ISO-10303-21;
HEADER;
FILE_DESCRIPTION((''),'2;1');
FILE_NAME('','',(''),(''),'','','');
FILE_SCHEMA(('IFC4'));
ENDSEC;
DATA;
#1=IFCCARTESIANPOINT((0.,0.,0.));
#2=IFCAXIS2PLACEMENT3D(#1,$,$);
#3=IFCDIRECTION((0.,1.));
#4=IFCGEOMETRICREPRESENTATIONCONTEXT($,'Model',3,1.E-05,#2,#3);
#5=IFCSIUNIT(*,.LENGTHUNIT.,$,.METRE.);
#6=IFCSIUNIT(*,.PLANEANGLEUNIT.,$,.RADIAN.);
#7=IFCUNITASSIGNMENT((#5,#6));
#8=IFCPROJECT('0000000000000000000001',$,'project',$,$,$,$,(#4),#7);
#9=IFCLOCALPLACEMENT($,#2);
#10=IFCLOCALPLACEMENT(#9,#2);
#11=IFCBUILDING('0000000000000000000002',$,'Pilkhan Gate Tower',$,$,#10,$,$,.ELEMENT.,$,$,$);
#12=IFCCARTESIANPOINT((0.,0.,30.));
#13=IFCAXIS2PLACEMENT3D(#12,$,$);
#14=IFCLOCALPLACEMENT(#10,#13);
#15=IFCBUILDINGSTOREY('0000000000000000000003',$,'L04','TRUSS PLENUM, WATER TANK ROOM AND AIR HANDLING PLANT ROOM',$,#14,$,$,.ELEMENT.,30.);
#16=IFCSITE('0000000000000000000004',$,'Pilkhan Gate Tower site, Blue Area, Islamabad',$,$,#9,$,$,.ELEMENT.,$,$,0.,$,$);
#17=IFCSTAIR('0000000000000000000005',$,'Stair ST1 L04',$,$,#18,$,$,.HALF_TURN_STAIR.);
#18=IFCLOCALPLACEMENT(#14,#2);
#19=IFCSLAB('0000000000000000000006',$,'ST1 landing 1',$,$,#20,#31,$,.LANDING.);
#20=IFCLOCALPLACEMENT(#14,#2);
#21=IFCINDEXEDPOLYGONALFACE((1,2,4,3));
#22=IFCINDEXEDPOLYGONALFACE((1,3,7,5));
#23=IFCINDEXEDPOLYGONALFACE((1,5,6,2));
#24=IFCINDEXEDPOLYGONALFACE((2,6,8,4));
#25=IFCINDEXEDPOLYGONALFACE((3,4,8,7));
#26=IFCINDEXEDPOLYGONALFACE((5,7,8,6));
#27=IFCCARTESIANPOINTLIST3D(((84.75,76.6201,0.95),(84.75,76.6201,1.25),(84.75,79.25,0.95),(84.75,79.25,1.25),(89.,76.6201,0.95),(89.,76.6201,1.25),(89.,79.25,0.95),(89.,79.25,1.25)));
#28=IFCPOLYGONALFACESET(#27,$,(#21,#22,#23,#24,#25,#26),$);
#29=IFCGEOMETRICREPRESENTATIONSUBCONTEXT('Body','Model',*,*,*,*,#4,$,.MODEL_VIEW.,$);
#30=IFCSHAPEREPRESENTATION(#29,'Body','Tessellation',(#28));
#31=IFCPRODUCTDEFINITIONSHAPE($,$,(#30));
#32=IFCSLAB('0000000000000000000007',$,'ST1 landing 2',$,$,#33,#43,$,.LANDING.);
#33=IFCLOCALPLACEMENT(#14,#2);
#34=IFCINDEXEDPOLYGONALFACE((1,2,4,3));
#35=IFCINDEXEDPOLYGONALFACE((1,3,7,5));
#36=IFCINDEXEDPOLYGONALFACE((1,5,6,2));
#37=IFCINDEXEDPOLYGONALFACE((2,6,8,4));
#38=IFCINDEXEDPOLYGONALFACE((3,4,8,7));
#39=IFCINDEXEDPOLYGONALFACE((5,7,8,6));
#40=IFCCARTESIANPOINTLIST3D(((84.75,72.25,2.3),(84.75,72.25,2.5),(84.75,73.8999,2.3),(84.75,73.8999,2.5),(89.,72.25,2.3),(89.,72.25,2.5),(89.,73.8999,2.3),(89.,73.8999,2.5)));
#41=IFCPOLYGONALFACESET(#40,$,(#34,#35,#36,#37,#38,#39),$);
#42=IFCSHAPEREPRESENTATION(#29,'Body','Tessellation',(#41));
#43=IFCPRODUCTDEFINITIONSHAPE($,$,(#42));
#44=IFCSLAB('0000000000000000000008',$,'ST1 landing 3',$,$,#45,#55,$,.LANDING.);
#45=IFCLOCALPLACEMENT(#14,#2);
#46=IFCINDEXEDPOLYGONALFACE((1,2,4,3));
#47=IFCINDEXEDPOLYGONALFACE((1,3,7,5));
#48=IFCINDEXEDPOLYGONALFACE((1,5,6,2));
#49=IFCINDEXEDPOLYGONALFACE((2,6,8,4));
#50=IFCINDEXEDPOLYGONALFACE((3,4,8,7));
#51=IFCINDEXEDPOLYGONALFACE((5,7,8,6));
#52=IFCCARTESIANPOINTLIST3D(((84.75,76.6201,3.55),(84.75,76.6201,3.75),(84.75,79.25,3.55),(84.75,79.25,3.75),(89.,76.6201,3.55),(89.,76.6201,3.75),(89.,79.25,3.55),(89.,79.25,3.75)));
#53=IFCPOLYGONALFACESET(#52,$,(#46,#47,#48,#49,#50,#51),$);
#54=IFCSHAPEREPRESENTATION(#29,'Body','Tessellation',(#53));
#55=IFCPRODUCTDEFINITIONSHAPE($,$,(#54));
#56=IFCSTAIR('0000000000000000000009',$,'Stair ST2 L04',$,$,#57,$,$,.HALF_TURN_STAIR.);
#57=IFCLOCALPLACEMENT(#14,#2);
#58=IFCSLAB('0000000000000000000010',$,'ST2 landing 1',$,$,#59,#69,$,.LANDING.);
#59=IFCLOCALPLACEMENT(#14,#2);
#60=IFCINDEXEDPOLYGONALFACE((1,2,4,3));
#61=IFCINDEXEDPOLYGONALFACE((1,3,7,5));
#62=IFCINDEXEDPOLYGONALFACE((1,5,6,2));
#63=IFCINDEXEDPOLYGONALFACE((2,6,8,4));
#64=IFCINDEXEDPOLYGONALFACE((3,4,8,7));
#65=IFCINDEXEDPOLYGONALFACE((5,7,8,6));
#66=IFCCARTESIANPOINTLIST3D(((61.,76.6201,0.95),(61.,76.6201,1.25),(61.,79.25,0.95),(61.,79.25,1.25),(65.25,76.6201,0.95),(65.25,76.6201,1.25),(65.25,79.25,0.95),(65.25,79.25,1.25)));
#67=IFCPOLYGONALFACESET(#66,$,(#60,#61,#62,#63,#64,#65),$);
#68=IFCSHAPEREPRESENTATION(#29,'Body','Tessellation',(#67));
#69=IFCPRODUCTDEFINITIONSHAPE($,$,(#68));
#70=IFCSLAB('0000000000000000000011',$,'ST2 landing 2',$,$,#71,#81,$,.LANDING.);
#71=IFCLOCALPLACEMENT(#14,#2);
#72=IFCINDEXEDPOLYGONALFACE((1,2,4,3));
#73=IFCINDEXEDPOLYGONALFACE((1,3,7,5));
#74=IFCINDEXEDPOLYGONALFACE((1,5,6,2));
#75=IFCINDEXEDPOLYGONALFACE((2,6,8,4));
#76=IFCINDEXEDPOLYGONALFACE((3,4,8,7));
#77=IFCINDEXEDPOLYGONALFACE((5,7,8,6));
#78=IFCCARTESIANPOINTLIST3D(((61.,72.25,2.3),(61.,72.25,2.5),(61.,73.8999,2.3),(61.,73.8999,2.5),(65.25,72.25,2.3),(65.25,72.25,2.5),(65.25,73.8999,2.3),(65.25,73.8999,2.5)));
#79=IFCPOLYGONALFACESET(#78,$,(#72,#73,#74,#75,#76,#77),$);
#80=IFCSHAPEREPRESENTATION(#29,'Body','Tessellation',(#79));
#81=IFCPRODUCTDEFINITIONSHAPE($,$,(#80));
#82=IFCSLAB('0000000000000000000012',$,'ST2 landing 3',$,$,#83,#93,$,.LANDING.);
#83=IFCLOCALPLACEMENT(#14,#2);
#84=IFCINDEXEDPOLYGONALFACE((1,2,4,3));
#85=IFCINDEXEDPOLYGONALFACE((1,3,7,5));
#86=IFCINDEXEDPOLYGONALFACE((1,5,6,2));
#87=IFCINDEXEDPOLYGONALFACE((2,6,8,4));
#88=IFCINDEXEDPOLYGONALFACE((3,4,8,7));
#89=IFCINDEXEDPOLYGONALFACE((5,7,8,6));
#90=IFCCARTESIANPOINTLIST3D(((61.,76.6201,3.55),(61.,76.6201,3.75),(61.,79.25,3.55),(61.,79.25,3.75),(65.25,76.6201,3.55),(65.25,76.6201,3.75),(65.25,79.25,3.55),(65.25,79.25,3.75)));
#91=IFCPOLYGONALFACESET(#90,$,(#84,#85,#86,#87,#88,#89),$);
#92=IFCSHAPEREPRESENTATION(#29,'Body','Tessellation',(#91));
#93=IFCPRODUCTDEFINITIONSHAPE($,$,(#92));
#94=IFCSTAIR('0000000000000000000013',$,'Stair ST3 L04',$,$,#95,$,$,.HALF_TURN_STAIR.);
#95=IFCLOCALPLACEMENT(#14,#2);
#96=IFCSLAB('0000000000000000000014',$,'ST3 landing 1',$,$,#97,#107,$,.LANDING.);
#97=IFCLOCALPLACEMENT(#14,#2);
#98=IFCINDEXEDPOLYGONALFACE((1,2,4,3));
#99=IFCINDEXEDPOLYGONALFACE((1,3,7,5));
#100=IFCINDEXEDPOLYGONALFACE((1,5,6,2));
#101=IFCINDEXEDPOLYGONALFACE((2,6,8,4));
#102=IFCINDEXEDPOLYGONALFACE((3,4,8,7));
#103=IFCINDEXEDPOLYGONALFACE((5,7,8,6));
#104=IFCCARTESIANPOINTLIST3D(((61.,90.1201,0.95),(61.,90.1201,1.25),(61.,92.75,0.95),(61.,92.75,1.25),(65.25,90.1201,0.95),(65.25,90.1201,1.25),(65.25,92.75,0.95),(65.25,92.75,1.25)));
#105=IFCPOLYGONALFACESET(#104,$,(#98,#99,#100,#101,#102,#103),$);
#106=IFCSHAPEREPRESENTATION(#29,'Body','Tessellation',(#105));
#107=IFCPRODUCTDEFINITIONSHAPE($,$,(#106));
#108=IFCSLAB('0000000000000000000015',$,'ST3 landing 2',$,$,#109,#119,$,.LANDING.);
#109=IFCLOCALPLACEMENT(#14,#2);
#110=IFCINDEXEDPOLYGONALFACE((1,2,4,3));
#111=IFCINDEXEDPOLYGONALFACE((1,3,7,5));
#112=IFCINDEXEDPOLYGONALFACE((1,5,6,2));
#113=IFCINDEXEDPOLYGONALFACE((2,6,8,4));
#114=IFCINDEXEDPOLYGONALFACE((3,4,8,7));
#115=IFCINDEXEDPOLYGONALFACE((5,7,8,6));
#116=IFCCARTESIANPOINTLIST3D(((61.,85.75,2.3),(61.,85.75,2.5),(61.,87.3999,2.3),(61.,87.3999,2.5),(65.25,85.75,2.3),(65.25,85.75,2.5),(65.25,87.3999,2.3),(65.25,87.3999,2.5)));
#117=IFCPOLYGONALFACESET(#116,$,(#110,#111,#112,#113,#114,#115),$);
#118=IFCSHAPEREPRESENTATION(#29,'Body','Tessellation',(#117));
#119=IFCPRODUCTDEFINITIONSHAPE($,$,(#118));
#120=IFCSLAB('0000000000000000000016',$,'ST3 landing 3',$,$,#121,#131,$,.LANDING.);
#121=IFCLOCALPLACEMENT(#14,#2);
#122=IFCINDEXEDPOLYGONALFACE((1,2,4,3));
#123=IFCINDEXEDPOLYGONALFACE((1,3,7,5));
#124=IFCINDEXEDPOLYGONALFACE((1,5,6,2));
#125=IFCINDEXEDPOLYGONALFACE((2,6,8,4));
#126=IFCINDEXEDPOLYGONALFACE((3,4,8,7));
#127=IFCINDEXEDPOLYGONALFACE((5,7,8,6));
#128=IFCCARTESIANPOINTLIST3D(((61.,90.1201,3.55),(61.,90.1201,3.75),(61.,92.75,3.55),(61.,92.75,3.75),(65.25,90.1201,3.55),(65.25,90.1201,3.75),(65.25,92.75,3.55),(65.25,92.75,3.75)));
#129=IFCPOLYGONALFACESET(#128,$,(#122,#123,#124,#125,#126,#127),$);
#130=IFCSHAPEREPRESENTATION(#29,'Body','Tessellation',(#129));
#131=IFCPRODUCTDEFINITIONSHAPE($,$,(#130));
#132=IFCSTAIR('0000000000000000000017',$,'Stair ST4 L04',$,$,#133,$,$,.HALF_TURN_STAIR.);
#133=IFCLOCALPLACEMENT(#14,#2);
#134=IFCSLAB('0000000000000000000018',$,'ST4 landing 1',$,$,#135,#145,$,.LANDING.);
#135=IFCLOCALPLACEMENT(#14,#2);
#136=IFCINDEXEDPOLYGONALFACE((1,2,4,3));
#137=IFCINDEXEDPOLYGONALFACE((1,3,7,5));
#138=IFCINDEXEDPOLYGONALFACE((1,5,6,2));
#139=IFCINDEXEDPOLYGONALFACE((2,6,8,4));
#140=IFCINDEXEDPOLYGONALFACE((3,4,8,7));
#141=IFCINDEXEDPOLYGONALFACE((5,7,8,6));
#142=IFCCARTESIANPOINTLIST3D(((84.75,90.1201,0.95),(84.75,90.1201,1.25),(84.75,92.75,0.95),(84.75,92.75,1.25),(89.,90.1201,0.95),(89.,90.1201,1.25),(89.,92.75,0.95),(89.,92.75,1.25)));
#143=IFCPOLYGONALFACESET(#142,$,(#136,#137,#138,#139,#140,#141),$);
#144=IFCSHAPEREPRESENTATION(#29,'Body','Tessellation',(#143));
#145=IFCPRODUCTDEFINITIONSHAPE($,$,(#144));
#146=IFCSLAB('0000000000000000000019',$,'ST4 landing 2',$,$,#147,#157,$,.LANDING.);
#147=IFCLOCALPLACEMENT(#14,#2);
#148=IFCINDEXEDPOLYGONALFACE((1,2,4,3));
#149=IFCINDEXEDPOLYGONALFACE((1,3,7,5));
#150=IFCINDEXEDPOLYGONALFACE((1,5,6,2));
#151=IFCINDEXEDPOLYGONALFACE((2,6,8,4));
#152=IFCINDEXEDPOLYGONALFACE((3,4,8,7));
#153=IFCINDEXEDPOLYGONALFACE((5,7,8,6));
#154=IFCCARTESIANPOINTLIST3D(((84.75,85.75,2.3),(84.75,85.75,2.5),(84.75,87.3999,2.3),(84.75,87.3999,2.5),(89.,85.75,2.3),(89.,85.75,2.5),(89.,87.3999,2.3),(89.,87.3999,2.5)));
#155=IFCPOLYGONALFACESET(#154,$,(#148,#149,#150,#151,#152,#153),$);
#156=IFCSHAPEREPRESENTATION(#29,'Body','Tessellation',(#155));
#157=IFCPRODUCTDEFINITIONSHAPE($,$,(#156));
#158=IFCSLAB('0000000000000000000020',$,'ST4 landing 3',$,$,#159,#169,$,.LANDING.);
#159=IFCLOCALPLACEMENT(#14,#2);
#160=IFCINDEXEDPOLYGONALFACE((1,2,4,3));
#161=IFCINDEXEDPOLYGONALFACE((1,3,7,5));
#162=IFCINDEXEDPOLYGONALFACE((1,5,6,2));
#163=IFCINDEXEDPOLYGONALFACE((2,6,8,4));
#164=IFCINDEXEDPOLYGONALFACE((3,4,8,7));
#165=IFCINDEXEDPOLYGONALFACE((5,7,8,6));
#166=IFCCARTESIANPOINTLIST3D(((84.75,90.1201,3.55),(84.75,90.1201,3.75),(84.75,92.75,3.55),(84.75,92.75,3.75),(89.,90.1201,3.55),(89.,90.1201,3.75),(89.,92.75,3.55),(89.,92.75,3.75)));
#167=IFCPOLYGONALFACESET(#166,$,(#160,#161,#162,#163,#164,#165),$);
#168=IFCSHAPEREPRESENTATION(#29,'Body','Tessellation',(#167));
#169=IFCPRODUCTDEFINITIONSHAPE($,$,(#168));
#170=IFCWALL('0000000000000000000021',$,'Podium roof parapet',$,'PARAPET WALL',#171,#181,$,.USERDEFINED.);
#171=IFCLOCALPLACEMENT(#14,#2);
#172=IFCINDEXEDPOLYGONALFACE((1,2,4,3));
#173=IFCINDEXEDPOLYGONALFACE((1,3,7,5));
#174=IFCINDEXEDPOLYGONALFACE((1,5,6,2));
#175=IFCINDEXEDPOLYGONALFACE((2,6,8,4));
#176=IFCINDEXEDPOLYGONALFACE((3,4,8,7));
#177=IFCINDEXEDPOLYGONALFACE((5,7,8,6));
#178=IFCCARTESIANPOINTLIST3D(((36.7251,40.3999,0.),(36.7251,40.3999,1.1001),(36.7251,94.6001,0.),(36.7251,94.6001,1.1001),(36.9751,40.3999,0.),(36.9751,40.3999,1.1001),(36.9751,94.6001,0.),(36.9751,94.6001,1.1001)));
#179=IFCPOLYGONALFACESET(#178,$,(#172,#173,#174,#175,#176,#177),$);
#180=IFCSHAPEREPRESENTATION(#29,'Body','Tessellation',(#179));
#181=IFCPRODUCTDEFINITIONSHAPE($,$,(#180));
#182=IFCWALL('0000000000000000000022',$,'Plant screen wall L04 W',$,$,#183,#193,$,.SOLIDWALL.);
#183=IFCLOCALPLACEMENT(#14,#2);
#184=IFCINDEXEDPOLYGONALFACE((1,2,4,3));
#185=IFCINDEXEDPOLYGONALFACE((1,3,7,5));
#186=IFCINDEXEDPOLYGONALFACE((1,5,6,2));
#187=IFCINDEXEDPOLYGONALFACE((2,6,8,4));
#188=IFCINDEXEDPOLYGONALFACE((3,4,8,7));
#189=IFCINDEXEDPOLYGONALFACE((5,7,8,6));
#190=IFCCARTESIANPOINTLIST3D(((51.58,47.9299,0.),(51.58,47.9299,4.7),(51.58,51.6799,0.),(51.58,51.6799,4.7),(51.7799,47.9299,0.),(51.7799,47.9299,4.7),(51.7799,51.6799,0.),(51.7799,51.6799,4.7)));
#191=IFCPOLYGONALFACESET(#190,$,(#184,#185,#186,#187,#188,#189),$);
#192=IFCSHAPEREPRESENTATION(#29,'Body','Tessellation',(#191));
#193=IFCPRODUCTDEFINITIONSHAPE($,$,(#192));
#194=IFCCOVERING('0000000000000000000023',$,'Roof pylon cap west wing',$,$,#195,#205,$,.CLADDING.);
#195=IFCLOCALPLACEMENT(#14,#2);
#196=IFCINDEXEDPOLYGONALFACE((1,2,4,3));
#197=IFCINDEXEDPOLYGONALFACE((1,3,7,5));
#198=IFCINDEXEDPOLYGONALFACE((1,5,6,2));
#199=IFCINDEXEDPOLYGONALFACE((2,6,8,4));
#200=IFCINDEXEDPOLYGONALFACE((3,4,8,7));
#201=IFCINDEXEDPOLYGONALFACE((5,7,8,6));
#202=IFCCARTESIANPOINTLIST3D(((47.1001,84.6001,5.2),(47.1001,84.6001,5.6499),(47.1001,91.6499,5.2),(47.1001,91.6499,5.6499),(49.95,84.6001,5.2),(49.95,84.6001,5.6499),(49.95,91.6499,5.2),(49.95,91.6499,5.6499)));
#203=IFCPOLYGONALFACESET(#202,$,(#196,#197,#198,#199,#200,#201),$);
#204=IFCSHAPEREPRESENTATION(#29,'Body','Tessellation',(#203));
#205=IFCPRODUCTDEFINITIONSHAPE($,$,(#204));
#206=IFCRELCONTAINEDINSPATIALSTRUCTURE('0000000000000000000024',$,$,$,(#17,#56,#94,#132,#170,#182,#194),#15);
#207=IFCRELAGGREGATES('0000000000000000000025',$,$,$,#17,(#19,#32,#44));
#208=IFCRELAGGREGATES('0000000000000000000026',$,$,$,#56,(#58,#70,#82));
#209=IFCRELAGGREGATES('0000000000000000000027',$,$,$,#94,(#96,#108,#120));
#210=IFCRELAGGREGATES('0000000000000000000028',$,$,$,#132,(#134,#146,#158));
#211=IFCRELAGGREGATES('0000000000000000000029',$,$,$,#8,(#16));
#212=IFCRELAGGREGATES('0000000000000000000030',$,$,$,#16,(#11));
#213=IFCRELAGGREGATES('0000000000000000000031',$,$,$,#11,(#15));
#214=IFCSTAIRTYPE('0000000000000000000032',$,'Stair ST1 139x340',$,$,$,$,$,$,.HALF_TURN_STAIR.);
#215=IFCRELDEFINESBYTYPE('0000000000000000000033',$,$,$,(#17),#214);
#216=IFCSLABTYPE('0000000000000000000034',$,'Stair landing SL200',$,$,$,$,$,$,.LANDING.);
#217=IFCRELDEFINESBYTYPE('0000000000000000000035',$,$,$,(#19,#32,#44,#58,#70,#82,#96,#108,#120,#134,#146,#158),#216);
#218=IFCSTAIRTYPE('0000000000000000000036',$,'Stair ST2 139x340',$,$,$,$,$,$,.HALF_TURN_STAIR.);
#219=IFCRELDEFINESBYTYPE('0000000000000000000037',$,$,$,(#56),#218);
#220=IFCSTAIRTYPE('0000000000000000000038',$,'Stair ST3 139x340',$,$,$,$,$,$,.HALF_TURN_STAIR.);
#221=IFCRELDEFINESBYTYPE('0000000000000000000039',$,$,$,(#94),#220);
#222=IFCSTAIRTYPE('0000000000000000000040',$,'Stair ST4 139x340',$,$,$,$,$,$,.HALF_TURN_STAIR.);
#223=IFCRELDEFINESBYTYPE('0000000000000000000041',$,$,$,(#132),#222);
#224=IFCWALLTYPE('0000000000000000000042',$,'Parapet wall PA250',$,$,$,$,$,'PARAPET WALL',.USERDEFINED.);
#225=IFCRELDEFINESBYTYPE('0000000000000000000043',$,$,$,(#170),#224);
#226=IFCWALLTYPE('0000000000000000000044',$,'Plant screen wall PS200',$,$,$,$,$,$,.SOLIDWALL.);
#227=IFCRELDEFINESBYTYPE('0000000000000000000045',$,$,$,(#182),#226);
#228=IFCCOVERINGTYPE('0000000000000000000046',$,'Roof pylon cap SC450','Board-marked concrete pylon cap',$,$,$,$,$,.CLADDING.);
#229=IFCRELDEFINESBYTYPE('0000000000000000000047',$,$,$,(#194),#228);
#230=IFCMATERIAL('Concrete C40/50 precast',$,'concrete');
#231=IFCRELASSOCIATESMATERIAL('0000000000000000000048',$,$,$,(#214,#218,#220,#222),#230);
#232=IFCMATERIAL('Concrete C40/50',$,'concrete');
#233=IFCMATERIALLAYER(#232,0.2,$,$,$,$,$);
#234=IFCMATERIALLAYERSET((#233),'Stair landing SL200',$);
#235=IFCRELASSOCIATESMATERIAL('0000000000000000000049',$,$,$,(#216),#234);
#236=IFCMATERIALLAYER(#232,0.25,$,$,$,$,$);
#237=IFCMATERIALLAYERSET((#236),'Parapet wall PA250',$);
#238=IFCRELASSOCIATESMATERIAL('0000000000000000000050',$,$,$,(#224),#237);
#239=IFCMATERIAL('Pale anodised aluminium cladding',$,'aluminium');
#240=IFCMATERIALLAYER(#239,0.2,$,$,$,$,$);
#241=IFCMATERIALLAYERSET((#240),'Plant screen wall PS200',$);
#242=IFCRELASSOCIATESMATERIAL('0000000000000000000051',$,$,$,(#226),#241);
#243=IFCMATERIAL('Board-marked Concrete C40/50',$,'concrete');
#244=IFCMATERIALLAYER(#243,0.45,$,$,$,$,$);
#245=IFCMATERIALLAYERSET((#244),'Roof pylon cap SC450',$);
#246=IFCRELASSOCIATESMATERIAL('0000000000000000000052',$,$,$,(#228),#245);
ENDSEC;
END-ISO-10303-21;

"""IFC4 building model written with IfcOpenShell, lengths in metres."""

from ifc_helpers import new_model, si_unit, direction, frame, frame_2d, origin, place, context, subcontext, project, spatial, polyline, rectangle, outline, extrude, material, layer, layer_set, type_object, element, aggregate, save


model = new_model("IFC4")

# Units and contexts
model_context = context("Model", 3, precision=1e-05, world=origin(), true_north=direction((0.0, 1.0)))
body_context = subcontext(model_context, "Body", "Model", "MODEL_VIEW")
ifc_project = project(units=[si_unit("LENGTHUNIT", "METRE"), si_unit("PLANEANGLEUNIT", "RADIAN")], contexts=[model_context])

# Site, building, storey
site_placement = place(None, origin())
site = spatial("IfcSite", under=ifc_project, at=site_placement, Name="Pilkhan Gate Tower site, Blue Area, Islamabad", CompositionType="ELEMENT", RefElevation=0.0)
building_placement = place(site_placement, origin())
building = spatial("IfcBuilding", under=site, at=building_placement, Name="Pilkhan Gate Tower", CompositionType="ELEMENT")
storey_placement = place(building_placement, frame((0.0, 0.0, 30.0)))
storey = spatial("IfcBuildingStorey", under=building, at=storey_placement, Name="L04", Description="TRUSS PLENUM, WATER TANK ROOM AND AIR HANDLING PLANT ROOM", CompositionType="ELEMENT", Elevation=30.0)

# Shared definitions
ifc_material_1 = material(Name="Concrete C40/50", Category="concrete")

# Stairs, slabs
ifc_material_2 = material(Name="Concrete C40/50 precast", Category="concrete")
stair_type_1 = type_object("IfcStairType", Name="Stair ST1 139x340", PredefinedType="HALF_TURN_STAIR", material=ifc_material_2)
stair_1_placement = place(storey_placement, origin())
stair_1 = element("IfcStair", 1, at=stair_1_placement, inside=storey, type_object=stair_type_1, Name="Stair ST1 L04", PredefinedType="HALF_TURN_STAIR")
ifc_layer_1 = layer(ifc_material_1, 0.2)
ifc_layer_set_1 = layer_set([ifc_layer_1], Name="Stair landing SL200")
slab_type_1 = type_object("IfcSlabType", Name="Stair landing SL200", PredefinedType="LANDING", material=ifc_layer_set_1)
slab_1_placement = place(storey_placement, frame((0.0, 0.0, 0.95)))
slab_1 = element("IfcSlab", 2, at=slab_1_placement, type_object=slab_type_1, Name="ST1 landing 1", PredefinedType="LANDING", context=body_context, shape_type="SweptSolid", body=[
    extrude(outline(polyline([(89.0, 76.6201), (89.0, 79.25), (84.75, 79.25), (84.75, 76.6201), (89.0, 76.6201)])), origin(), (0.0, 0.0, 1.0), 0.3),
])
slab_2_placement = place(storey_placement, frame((0.0, 0.0, 2.3)))
slab_2 = element("IfcSlab", 3, at=slab_2_placement, type_object=slab_type_1, Name="ST1 landing 2", PredefinedType="LANDING", context=body_context, shape_type="SweptSolid", body=[
    extrude(outline(polyline([(89.0, 72.25), (89.0, 73.8999), (84.75, 73.8999), (84.75, 72.25), (89.0, 72.25)])), origin(), (0.0, 0.0, 1.0), 0.2),
])
slab_3_placement = place(storey_placement, frame((0.0, 0.0, 3.55)))
slab_3 = element("IfcSlab", 4, at=slab_3_placement, type_object=slab_type_1, Name="ST1 landing 3", PredefinedType="LANDING", context=body_context, shape_type="SweptSolid", body=[
    extrude(outline(polyline([(89.0, 76.6201), (89.0, 79.25), (84.75, 79.25), (84.75, 76.6201), (89.0, 76.6201)])), origin(), (0.0, 0.0, 1.0), 0.2),
])
aggregate(stair_1, [slab_1, slab_2, slab_3])
stair_type_2 = type_object("IfcStairType", Name="Stair ST2 139x340", PredefinedType="HALF_TURN_STAIR", material=ifc_material_2)
stair_2_placement = place(storey_placement, origin())
stair_2 = element("IfcStair", 5, at=stair_2_placement, inside=storey, type_object=stair_type_2, Name="Stair ST2 L04", PredefinedType="HALF_TURN_STAIR")
slab_4_placement = place(storey_placement, frame((0.0, 0.0, 0.95)))
slab_4 = element("IfcSlab", 6, at=slab_4_placement, type_object=slab_type_1, Name="ST2 landing 1", PredefinedType="LANDING", context=body_context, shape_type="SweptSolid", body=[
    extrude(outline(polyline([(65.25, 76.6201), (65.25, 79.25), (61.0, 79.25), (61.0, 76.6201), (65.25, 76.6201)])), origin(), (0.0, 0.0, 1.0), 0.3),
])
slab_5_placement = place(storey_placement, frame((0.0, 0.0, 2.3)))
slab_5 = element("IfcSlab", 7, at=slab_5_placement, type_object=slab_type_1, Name="ST2 landing 2", PredefinedType="LANDING", context=body_context, shape_type="SweptSolid", body=[
    extrude(outline(polyline([(65.25, 72.25), (65.25, 73.8999), (61.0, 73.8999), (61.0, 72.25), (65.25, 72.25)])), origin(), (0.0, 0.0, 1.0), 0.2),
])
slab_6_placement = place(storey_placement, frame((0.0, 0.0, 3.55)))
slab_6 = element("IfcSlab", 8, at=slab_6_placement, type_object=slab_type_1, Name="ST2 landing 3", PredefinedType="LANDING", context=body_context, shape_type="SweptSolid", body=[
    extrude(outline(polyline([(65.25, 76.6201), (65.25, 79.25), (61.0, 79.25), (61.0, 76.6201), (65.25, 76.6201)])), origin(), (0.0, 0.0, 1.0), 0.2),
])
aggregate(stair_2, [slab_4, slab_5, slab_6])
stair_type_3 = type_object("IfcStairType", Name="Stair ST3 139x340", PredefinedType="HALF_TURN_STAIR", material=ifc_material_2)
stair_3_placement = place(storey_placement, origin())
stair_3 = element("IfcStair", 9, at=stair_3_placement, inside=storey, type_object=stair_type_3, Name="Stair ST3 L04", PredefinedType="HALF_TURN_STAIR")
slab_7_placement = place(storey_placement, frame((0.0, 0.0, 0.95)))
slab_7 = element("IfcSlab", 10, at=slab_7_placement, type_object=slab_type_1, Name="ST3 landing 1", PredefinedType="LANDING", context=body_context, shape_type="SweptSolid", body=[
    extrude(outline(polyline([(65.25, 90.1201), (65.25, 92.75), (61.0, 92.75), (61.0, 90.1201), (65.25, 90.1201)])), origin(), (0.0, 0.0, 1.0), 0.3),
])
slab_8_placement = place(storey_placement, frame((0.0, 0.0, 2.3)))
slab_8 = element("IfcSlab", 11, at=slab_8_placement, type_object=slab_type_1, Name="ST3 landing 2", PredefinedType="LANDING", context=body_context, shape_type="SweptSolid", body=[
    extrude(outline(polyline([(65.25, 85.75), (65.25, 87.3999), (61.0, 87.3999), (61.0, 85.75), (65.25, 85.75)])), origin(), (0.0, 0.0, 1.0), 0.2),
])
slab_9_placement = place(storey_placement, frame((0.0, 0.0, 3.55)))
slab_9 = element("IfcSlab", 12, at=slab_9_placement, type_object=slab_type_1, Name="ST3 landing 3", PredefinedType="LANDING", context=body_context, shape_type="SweptSolid", body=[
    extrude(outline(polyline([(65.25, 90.1201), (65.25, 92.75), (61.0, 92.75), (61.0, 90.1201), (65.25, 90.1201)])), origin(), (0.0, 0.0, 1.0), 0.2),
])
aggregate(stair_3, [slab_7, slab_8, slab_9])
stair_type_4 = type_object("IfcStairType", Name="Stair ST4 139x340", PredefinedType="HALF_TURN_STAIR", material=ifc_material_2)
stair_4_placement = place(storey_placement, origin())
stair_4 = element("IfcStair", 13, at=stair_4_placement, inside=storey, type_object=stair_type_4, Name="Stair ST4 L04", PredefinedType="HALF_TURN_STAIR")
slab_10_placement = place(storey_placement, frame((0.0, 0.0, 0.95)))
slab_10 = element("IfcSlab", 14, at=slab_10_placement, type_object=slab_type_1, Name="ST4 landing 1", PredefinedType="LANDING", context=body_context, shape_type="SweptSolid", body=[
    extrude(outline(polyline([(89.0, 90.1201), (89.0, 92.75), (84.75, 92.75), (84.75, 90.1201), (89.0, 90.1201)])), origin(), (0.0, 0.0, 1.0), 0.3),
])
slab_11_placement = place(storey_placement, frame((0.0, 0.0, 2.3)))
slab_11 = element("IfcSlab", 15, at=slab_11_placement, type_object=slab_type_1, Name="ST4 landing 2", PredefinedType="LANDING", context=body_context, shape_type="SweptSolid", body=[
    extrude(outline(polyline([(89.0, 85.75), (89.0, 87.3999), (84.75, 87.3999), (84.75, 85.75), (89.0, 85.75)])), origin(), (0.0, 0.0, 1.0), 0.2),
])
slab_12_placement = place(storey_placement, frame((0.0, 0.0, 3.55)))
slab_12 = element("IfcSlab", 16, at=slab_12_placement, type_object=slab_type_1, Name="ST4 landing 3", PredefinedType="LANDING", context=body_context, shape_type="SweptSolid", body=[
    extrude(outline(polyline([(89.0, 90.1201), (89.0, 92.75), (84.75, 92.75), (84.75, 90.1201), (89.0, 90.1201)])), origin(), (0.0, 0.0, 1.0), 0.2),
])
aggregate(stair_4, [slab_10, slab_11, slab_12])

# Walls
ifc_layer_2 = layer(ifc_material_1, 0.25)
ifc_layer_set_2 = layer_set([ifc_layer_2], Name="Parapet wall PA250")
wall_type_1 = type_object("IfcWallType", Name="Parapet wall PA250", ElementType="PARAPET WALL", PredefinedType="USERDEFINED", material=ifc_layer_set_2)
wall_1_placement = place(storey_placement, frame((36.8501, 40.3999, 0.0), z_axis=(0.0, 0.0, 1.0), x_axis=(0.0, 1.0, 0.0)))
element("IfcWall", 17, at=wall_1_placement, inside=storey, type_object=wall_type_1, Name="Podium roof parapet", ObjectType="PARAPET WALL", PredefinedType="USERDEFINED", context=body_context, shape_type="SweptSolid", body=[
    extrude(rectangle(XDim=54.2002, YDim=0.25, at=frame_2d((27.1001, 0.0))), origin(), (0.0, 0.0, 1.0), 1.1001),
])
ifc_material_3 = material(Name="Pale anodised aluminium cladding", Category="aluminium")
ifc_layer_3 = layer(ifc_material_3, 0.2)
ifc_layer_set_3 = layer_set([ifc_layer_3], Name="Plant screen wall PS200")
wall_type_2 = type_object("IfcWallType", Name="Plant screen wall PS200", PredefinedType="SOLIDWALL", material=ifc_layer_set_3)
wall_2_placement = place(storey_placement, frame((51.6799, 47.9299, 0.0), z_axis=(0.0, 0.0, 1.0), x_axis=(0.0, 1.0, 0.0)))
element("IfcWall", 18, at=wall_2_placement, inside=storey, type_object=wall_type_2, Name="Plant screen wall L04 W", PredefinedType="SOLIDWALL", context=body_context, shape_type="SweptSolid", body=[
    extrude(rectangle(XDim=3.75, YDim=0.2, at=frame_2d((1.875, 0.0))), origin(), (0.0, 0.0, 1.0), 4.7),
])

# Covering
ifc_material_4 = material(Name="Board-marked Concrete C40/50", Category="concrete")
ifc_layer_4 = layer(ifc_material_4, 0.45)
ifc_layer_set_4 = layer_set([ifc_layer_4], Name="Roof pylon cap SC450")
covering_type_1 = type_object("IfcCoveringType", Name="Roof pylon cap SC450", Description="Board-marked concrete pylon cap", PredefinedType="CLADDING", material=ifc_layer_set_4)
covering_1_placement = place(storey_placement, frame((0.0, 0.0, 5.2)))
element("IfcCovering", 19, at=covering_1_placement, inside=storey, type_object=covering_type_1, Name="Roof pylon cap west wing", PredefinedType="CLADDING", context=body_context, shape_type="SweptSolid", body=[
    extrude(outline(polyline([(47.1001, 84.6001), (49.95, 84.6001), (49.95, 91.6499), (47.1001, 91.6499), (47.1001, 84.6001)])), origin(), (0.0, 0.0, 1.0), 0.45),
])

save(model, "model.ifc")
